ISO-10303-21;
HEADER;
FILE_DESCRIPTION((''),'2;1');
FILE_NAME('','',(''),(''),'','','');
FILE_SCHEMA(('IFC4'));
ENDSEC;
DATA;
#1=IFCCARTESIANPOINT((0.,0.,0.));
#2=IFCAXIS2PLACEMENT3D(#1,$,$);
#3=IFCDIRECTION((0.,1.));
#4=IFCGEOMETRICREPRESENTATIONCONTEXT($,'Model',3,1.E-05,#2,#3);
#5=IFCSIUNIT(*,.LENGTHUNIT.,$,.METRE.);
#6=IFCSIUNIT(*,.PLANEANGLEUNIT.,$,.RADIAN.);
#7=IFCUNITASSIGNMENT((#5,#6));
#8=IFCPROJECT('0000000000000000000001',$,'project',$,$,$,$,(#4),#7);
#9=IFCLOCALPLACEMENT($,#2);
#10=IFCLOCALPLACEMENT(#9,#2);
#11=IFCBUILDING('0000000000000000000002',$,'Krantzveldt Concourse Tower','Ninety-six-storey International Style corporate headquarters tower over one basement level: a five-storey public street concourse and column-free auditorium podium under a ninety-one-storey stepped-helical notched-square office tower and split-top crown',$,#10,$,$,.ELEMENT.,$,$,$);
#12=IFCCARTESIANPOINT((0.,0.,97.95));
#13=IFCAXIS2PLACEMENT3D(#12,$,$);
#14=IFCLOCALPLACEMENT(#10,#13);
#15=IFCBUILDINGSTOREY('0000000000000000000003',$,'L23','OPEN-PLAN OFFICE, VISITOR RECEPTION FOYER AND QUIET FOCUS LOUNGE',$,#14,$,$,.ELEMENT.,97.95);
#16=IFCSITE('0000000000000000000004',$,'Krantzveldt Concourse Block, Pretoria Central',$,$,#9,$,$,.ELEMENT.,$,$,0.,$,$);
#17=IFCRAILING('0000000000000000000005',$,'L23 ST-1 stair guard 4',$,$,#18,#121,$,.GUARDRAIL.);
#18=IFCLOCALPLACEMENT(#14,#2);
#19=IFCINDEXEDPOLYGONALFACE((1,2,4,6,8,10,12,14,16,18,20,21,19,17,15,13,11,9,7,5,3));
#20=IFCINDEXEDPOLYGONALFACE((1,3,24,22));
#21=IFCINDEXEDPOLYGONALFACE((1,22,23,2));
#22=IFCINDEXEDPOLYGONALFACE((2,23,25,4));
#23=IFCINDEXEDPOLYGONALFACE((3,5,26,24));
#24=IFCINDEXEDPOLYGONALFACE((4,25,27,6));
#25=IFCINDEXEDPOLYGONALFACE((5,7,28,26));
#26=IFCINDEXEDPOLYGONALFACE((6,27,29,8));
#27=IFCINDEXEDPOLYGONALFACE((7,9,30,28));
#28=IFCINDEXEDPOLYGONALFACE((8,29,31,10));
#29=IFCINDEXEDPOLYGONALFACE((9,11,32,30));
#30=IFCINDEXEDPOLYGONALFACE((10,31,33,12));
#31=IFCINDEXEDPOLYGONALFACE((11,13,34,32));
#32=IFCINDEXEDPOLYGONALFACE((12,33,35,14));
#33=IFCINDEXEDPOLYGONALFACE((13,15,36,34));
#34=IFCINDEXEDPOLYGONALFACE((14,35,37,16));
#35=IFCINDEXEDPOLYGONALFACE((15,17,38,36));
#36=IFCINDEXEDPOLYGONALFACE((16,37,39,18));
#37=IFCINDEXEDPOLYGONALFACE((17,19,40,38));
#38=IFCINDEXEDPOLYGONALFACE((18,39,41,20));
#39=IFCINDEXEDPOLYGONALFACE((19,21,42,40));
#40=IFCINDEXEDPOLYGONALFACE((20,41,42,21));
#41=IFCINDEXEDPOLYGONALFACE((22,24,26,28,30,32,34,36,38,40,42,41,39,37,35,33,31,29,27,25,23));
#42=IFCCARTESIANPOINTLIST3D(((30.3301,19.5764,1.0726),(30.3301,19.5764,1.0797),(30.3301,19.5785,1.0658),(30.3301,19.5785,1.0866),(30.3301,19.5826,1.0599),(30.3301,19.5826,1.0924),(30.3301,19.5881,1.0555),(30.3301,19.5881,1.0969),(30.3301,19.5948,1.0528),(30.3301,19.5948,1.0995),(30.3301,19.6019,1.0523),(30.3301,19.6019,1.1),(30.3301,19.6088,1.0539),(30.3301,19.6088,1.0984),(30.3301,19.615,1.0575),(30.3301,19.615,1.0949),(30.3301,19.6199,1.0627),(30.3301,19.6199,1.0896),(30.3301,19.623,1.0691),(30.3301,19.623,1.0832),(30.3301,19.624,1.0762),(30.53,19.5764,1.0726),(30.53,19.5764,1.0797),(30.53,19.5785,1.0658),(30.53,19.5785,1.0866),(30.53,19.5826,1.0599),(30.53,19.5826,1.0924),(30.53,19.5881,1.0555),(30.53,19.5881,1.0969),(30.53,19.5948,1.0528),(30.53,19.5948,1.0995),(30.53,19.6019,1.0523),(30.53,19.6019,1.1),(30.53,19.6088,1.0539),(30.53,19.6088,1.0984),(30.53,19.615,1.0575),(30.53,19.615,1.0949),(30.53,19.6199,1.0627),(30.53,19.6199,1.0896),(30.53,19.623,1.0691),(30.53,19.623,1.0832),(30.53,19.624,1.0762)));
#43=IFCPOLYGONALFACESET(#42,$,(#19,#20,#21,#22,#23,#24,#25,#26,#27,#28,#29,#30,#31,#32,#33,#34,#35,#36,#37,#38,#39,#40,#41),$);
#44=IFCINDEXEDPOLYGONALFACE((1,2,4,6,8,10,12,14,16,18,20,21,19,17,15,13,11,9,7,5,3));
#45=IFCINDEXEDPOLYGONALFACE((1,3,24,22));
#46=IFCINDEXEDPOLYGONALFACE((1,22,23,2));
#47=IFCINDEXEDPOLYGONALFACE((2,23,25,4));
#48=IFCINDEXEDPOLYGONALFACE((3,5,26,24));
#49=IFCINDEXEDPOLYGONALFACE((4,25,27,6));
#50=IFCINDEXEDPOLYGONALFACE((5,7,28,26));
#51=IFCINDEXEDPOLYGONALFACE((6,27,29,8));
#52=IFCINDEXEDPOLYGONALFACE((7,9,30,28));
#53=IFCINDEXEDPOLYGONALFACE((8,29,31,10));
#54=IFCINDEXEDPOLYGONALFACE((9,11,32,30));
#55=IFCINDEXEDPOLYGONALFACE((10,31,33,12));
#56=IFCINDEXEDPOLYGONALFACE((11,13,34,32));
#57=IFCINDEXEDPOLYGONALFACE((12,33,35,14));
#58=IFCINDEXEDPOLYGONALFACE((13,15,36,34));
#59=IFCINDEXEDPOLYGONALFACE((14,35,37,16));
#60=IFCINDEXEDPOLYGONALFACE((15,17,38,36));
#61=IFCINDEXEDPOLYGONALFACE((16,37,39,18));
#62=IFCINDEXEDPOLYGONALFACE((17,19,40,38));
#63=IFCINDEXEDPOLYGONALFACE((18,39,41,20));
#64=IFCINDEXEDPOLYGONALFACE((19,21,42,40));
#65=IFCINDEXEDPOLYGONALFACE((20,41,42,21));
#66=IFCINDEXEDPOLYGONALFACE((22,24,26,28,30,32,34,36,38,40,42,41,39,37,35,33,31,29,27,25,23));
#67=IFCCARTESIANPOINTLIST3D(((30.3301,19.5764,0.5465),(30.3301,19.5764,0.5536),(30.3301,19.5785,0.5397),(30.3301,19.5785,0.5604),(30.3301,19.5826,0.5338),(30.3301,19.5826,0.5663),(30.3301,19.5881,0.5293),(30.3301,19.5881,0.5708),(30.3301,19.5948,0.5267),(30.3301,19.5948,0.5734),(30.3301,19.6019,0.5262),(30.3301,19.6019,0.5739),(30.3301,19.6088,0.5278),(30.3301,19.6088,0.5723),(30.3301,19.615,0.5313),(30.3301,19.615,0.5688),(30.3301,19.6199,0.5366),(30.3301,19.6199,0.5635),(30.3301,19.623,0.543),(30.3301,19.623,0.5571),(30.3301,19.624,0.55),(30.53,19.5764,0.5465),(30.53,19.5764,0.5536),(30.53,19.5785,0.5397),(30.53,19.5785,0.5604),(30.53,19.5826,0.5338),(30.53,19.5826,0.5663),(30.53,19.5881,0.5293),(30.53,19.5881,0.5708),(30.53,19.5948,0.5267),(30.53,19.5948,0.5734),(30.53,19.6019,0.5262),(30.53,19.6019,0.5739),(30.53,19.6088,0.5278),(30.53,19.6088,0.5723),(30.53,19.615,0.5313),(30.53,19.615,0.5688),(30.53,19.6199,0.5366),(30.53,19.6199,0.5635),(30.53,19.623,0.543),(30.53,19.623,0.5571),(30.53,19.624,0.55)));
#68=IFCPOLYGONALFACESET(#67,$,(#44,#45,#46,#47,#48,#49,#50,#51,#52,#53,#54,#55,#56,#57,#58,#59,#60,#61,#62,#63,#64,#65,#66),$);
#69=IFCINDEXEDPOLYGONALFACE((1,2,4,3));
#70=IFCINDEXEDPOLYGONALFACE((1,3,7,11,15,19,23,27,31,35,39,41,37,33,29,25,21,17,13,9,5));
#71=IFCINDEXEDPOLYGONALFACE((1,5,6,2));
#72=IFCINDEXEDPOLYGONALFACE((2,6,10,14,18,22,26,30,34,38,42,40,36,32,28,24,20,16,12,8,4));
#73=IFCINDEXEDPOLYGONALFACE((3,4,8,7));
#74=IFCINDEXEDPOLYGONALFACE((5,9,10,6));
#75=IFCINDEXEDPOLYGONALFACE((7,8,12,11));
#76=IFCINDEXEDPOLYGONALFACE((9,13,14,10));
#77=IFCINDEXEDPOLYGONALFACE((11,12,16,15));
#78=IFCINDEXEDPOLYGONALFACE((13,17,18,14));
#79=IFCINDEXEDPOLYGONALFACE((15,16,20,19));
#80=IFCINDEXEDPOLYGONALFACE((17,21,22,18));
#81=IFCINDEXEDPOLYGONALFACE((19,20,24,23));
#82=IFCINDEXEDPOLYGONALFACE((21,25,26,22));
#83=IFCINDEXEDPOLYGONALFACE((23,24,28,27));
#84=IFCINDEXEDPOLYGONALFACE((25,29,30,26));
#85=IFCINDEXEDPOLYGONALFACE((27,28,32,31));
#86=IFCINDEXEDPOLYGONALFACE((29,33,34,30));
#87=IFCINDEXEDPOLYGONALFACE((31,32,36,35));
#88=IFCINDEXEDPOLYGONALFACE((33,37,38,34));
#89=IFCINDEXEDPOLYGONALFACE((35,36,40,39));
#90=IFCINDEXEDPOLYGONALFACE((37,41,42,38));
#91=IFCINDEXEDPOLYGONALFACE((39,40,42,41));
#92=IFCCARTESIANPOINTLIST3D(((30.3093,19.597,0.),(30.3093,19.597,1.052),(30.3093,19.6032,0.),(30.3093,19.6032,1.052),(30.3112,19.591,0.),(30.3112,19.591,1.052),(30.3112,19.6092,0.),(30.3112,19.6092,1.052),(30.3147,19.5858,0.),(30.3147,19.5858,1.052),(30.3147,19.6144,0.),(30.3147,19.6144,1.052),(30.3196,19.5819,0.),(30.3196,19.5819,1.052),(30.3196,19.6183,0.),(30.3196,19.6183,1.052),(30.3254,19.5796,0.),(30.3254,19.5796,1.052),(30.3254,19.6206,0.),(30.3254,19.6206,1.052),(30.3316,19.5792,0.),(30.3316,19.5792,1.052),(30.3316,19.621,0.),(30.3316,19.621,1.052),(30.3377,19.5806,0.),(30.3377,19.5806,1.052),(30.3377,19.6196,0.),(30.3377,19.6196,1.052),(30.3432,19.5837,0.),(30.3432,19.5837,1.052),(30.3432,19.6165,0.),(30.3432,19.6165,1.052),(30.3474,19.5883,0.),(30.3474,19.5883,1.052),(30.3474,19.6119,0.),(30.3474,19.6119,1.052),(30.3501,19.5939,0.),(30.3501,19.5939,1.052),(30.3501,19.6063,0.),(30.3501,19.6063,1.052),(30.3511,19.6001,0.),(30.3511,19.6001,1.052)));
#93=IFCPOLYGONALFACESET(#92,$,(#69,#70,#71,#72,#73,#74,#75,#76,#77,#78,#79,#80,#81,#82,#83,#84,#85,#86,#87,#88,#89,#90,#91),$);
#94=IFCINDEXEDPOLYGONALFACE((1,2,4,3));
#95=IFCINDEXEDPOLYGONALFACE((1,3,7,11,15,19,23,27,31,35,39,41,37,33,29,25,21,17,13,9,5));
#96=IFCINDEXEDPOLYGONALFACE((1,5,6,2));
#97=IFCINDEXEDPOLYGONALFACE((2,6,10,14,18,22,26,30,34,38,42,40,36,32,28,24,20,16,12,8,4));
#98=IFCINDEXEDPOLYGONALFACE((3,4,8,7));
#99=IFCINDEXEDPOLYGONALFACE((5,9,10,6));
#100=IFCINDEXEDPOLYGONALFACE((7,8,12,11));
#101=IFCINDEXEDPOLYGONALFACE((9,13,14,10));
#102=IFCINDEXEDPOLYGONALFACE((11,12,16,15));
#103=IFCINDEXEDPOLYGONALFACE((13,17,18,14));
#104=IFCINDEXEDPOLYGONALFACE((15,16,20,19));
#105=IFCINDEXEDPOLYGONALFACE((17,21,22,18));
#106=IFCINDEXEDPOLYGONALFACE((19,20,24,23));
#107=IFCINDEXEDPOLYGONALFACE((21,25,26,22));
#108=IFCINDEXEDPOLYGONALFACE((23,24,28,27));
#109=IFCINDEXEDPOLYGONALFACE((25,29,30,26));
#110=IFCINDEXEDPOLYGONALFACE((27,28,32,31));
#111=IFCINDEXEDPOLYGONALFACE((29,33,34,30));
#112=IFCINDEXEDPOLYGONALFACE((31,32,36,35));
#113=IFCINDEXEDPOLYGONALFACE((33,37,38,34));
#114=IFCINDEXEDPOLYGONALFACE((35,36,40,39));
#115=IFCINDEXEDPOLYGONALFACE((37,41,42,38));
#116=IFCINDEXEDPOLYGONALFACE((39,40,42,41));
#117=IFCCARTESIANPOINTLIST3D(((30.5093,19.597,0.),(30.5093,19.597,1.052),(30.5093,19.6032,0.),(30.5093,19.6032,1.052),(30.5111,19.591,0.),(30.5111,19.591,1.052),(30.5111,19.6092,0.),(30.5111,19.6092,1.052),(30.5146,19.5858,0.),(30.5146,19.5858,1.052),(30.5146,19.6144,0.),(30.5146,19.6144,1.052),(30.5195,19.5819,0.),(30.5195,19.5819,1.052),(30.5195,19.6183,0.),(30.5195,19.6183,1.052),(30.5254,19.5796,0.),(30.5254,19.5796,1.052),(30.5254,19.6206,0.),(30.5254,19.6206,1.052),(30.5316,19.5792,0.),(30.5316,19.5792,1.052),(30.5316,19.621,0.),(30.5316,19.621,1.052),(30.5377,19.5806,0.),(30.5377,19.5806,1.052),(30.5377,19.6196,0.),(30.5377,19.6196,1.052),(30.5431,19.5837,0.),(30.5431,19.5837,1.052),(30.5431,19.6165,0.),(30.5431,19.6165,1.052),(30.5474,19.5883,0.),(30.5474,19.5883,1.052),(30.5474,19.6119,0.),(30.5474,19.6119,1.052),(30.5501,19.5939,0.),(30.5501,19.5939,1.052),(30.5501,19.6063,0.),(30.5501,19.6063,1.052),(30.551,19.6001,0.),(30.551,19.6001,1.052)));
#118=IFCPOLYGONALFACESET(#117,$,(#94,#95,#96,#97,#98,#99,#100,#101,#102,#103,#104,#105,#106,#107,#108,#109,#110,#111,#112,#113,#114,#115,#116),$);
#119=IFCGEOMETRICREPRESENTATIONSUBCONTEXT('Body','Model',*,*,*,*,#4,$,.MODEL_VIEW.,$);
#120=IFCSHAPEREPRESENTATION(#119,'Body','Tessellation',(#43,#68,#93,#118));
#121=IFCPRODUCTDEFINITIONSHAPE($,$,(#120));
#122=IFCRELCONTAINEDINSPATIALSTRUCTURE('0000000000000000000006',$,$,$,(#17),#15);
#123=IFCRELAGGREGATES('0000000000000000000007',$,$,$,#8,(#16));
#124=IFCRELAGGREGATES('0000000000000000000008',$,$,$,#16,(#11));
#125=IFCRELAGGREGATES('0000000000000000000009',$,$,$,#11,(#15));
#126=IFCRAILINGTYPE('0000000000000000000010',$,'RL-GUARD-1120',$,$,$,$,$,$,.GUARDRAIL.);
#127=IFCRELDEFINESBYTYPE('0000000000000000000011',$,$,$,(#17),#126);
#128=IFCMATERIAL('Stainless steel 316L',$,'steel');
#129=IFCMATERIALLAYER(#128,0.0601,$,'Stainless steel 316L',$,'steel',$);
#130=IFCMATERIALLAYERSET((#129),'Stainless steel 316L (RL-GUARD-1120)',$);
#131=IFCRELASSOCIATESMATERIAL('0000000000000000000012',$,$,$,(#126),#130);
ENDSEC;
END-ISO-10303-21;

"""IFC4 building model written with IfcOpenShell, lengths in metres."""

from ifc_helpers import new_model, si_unit, direction, frame, origin, origin_2d, place, context, subcontext, project, spatial, circle, extrude, material, layer, layer_set, type_object, element, save


model = new_model("IFC4")

# Units and contexts
model_context = context("Model", 3, precision=1e-05, world=origin(), true_north=direction((0.0, 1.0)))
body_context = subcontext(model_context, "Body", "Model", "MODEL_VIEW")
ifc_project = project(units=[si_unit("LENGTHUNIT", "METRE"), si_unit("PLANEANGLEUNIT", "RADIAN")], contexts=[model_context])

# Site, building, storey
site_placement = place(None, origin())
site = spatial("IfcSite", under=ifc_project, at=site_placement, Name="Krantzveldt Concourse Block, Pretoria Central", CompositionType="ELEMENT", RefElevation=0.0)
building_placement = place(site_placement, origin())
building = spatial("IfcBuilding", under=site, at=building_placement, Name="Krantzveldt Concourse Tower", Description="Ninety-six-storey International Style corporate headquarters tower over one basement level: a five-storey public street concourse and column-free auditorium podium under a ninety-one-storey stepped-helical notched-square office tower and split-top crown", CompositionType="ELEMENT")
storey_placement = place(building_placement, frame((0.0, 0.0, 97.95)))
storey = spatial("IfcBuildingStorey", under=building, at=storey_placement, Name="L23", Description="OPEN-PLAN OFFICE, VISITOR RECEPTION FOYER AND QUIET FOCUS LOUNGE", CompositionType="ELEMENT", Elevation=97.95)

# Railing
ifc_material_1 = material(Name="Stainless steel 316L", Category="steel")
ifc_layer_1 = layer(ifc_material_1, 0.0601, Name="Stainless steel 316L", Category="steel")
ifc_layer_set_1 = layer_set([ifc_layer_1], Name="Stainless steel 316L (RL-GUARD-1120)")
railing_type_1 = type_object("IfcRailingType", Name="RL-GUARD-1120", PredefinedType="GUARDRAIL", material=ifc_layer_set_1)
railing_1_placement = place(storey_placement, frame((30.3301, 19.6001, 0.0)))
element("IfcRailing", 1, at=railing_1_placement, inside=storey, type_object=railing_type_1, Name="L23 ST-1 stair guard 4", PredefinedType="GUARDRAIL", context=body_context, shape_type="SweptSolid", body=[
    extrude(circle(Radius=0.0239, at=origin_2d()), frame((0.0, 0.0, 1.0762), z_axis=(1.0, 0.0, 0.0), x_axis=(0.0, 1.0, 0.0)), (0.0, 0.0, 1.0), 0.2),
    extrude(circle(Radius=0.0239, at=origin_2d()), frame((0.0, 0.0, 0.55), z_axis=(1.0, 0.0, 0.0), x_axis=(0.0, 1.0, 0.0)), (0.0, 0.0, 1.0), 0.2),
    extrude(circle(Radius=0.021, at=origin_2d()), origin(), (0.0, 0.0, 1.0), 1.052),
    extrude(circle(Radius=0.021, at=origin_2d()), frame((0.2, 0.0, 0.0)), (0.0, 0.0, 1.0), 1.052),
])

save(model, "model.ifc")
